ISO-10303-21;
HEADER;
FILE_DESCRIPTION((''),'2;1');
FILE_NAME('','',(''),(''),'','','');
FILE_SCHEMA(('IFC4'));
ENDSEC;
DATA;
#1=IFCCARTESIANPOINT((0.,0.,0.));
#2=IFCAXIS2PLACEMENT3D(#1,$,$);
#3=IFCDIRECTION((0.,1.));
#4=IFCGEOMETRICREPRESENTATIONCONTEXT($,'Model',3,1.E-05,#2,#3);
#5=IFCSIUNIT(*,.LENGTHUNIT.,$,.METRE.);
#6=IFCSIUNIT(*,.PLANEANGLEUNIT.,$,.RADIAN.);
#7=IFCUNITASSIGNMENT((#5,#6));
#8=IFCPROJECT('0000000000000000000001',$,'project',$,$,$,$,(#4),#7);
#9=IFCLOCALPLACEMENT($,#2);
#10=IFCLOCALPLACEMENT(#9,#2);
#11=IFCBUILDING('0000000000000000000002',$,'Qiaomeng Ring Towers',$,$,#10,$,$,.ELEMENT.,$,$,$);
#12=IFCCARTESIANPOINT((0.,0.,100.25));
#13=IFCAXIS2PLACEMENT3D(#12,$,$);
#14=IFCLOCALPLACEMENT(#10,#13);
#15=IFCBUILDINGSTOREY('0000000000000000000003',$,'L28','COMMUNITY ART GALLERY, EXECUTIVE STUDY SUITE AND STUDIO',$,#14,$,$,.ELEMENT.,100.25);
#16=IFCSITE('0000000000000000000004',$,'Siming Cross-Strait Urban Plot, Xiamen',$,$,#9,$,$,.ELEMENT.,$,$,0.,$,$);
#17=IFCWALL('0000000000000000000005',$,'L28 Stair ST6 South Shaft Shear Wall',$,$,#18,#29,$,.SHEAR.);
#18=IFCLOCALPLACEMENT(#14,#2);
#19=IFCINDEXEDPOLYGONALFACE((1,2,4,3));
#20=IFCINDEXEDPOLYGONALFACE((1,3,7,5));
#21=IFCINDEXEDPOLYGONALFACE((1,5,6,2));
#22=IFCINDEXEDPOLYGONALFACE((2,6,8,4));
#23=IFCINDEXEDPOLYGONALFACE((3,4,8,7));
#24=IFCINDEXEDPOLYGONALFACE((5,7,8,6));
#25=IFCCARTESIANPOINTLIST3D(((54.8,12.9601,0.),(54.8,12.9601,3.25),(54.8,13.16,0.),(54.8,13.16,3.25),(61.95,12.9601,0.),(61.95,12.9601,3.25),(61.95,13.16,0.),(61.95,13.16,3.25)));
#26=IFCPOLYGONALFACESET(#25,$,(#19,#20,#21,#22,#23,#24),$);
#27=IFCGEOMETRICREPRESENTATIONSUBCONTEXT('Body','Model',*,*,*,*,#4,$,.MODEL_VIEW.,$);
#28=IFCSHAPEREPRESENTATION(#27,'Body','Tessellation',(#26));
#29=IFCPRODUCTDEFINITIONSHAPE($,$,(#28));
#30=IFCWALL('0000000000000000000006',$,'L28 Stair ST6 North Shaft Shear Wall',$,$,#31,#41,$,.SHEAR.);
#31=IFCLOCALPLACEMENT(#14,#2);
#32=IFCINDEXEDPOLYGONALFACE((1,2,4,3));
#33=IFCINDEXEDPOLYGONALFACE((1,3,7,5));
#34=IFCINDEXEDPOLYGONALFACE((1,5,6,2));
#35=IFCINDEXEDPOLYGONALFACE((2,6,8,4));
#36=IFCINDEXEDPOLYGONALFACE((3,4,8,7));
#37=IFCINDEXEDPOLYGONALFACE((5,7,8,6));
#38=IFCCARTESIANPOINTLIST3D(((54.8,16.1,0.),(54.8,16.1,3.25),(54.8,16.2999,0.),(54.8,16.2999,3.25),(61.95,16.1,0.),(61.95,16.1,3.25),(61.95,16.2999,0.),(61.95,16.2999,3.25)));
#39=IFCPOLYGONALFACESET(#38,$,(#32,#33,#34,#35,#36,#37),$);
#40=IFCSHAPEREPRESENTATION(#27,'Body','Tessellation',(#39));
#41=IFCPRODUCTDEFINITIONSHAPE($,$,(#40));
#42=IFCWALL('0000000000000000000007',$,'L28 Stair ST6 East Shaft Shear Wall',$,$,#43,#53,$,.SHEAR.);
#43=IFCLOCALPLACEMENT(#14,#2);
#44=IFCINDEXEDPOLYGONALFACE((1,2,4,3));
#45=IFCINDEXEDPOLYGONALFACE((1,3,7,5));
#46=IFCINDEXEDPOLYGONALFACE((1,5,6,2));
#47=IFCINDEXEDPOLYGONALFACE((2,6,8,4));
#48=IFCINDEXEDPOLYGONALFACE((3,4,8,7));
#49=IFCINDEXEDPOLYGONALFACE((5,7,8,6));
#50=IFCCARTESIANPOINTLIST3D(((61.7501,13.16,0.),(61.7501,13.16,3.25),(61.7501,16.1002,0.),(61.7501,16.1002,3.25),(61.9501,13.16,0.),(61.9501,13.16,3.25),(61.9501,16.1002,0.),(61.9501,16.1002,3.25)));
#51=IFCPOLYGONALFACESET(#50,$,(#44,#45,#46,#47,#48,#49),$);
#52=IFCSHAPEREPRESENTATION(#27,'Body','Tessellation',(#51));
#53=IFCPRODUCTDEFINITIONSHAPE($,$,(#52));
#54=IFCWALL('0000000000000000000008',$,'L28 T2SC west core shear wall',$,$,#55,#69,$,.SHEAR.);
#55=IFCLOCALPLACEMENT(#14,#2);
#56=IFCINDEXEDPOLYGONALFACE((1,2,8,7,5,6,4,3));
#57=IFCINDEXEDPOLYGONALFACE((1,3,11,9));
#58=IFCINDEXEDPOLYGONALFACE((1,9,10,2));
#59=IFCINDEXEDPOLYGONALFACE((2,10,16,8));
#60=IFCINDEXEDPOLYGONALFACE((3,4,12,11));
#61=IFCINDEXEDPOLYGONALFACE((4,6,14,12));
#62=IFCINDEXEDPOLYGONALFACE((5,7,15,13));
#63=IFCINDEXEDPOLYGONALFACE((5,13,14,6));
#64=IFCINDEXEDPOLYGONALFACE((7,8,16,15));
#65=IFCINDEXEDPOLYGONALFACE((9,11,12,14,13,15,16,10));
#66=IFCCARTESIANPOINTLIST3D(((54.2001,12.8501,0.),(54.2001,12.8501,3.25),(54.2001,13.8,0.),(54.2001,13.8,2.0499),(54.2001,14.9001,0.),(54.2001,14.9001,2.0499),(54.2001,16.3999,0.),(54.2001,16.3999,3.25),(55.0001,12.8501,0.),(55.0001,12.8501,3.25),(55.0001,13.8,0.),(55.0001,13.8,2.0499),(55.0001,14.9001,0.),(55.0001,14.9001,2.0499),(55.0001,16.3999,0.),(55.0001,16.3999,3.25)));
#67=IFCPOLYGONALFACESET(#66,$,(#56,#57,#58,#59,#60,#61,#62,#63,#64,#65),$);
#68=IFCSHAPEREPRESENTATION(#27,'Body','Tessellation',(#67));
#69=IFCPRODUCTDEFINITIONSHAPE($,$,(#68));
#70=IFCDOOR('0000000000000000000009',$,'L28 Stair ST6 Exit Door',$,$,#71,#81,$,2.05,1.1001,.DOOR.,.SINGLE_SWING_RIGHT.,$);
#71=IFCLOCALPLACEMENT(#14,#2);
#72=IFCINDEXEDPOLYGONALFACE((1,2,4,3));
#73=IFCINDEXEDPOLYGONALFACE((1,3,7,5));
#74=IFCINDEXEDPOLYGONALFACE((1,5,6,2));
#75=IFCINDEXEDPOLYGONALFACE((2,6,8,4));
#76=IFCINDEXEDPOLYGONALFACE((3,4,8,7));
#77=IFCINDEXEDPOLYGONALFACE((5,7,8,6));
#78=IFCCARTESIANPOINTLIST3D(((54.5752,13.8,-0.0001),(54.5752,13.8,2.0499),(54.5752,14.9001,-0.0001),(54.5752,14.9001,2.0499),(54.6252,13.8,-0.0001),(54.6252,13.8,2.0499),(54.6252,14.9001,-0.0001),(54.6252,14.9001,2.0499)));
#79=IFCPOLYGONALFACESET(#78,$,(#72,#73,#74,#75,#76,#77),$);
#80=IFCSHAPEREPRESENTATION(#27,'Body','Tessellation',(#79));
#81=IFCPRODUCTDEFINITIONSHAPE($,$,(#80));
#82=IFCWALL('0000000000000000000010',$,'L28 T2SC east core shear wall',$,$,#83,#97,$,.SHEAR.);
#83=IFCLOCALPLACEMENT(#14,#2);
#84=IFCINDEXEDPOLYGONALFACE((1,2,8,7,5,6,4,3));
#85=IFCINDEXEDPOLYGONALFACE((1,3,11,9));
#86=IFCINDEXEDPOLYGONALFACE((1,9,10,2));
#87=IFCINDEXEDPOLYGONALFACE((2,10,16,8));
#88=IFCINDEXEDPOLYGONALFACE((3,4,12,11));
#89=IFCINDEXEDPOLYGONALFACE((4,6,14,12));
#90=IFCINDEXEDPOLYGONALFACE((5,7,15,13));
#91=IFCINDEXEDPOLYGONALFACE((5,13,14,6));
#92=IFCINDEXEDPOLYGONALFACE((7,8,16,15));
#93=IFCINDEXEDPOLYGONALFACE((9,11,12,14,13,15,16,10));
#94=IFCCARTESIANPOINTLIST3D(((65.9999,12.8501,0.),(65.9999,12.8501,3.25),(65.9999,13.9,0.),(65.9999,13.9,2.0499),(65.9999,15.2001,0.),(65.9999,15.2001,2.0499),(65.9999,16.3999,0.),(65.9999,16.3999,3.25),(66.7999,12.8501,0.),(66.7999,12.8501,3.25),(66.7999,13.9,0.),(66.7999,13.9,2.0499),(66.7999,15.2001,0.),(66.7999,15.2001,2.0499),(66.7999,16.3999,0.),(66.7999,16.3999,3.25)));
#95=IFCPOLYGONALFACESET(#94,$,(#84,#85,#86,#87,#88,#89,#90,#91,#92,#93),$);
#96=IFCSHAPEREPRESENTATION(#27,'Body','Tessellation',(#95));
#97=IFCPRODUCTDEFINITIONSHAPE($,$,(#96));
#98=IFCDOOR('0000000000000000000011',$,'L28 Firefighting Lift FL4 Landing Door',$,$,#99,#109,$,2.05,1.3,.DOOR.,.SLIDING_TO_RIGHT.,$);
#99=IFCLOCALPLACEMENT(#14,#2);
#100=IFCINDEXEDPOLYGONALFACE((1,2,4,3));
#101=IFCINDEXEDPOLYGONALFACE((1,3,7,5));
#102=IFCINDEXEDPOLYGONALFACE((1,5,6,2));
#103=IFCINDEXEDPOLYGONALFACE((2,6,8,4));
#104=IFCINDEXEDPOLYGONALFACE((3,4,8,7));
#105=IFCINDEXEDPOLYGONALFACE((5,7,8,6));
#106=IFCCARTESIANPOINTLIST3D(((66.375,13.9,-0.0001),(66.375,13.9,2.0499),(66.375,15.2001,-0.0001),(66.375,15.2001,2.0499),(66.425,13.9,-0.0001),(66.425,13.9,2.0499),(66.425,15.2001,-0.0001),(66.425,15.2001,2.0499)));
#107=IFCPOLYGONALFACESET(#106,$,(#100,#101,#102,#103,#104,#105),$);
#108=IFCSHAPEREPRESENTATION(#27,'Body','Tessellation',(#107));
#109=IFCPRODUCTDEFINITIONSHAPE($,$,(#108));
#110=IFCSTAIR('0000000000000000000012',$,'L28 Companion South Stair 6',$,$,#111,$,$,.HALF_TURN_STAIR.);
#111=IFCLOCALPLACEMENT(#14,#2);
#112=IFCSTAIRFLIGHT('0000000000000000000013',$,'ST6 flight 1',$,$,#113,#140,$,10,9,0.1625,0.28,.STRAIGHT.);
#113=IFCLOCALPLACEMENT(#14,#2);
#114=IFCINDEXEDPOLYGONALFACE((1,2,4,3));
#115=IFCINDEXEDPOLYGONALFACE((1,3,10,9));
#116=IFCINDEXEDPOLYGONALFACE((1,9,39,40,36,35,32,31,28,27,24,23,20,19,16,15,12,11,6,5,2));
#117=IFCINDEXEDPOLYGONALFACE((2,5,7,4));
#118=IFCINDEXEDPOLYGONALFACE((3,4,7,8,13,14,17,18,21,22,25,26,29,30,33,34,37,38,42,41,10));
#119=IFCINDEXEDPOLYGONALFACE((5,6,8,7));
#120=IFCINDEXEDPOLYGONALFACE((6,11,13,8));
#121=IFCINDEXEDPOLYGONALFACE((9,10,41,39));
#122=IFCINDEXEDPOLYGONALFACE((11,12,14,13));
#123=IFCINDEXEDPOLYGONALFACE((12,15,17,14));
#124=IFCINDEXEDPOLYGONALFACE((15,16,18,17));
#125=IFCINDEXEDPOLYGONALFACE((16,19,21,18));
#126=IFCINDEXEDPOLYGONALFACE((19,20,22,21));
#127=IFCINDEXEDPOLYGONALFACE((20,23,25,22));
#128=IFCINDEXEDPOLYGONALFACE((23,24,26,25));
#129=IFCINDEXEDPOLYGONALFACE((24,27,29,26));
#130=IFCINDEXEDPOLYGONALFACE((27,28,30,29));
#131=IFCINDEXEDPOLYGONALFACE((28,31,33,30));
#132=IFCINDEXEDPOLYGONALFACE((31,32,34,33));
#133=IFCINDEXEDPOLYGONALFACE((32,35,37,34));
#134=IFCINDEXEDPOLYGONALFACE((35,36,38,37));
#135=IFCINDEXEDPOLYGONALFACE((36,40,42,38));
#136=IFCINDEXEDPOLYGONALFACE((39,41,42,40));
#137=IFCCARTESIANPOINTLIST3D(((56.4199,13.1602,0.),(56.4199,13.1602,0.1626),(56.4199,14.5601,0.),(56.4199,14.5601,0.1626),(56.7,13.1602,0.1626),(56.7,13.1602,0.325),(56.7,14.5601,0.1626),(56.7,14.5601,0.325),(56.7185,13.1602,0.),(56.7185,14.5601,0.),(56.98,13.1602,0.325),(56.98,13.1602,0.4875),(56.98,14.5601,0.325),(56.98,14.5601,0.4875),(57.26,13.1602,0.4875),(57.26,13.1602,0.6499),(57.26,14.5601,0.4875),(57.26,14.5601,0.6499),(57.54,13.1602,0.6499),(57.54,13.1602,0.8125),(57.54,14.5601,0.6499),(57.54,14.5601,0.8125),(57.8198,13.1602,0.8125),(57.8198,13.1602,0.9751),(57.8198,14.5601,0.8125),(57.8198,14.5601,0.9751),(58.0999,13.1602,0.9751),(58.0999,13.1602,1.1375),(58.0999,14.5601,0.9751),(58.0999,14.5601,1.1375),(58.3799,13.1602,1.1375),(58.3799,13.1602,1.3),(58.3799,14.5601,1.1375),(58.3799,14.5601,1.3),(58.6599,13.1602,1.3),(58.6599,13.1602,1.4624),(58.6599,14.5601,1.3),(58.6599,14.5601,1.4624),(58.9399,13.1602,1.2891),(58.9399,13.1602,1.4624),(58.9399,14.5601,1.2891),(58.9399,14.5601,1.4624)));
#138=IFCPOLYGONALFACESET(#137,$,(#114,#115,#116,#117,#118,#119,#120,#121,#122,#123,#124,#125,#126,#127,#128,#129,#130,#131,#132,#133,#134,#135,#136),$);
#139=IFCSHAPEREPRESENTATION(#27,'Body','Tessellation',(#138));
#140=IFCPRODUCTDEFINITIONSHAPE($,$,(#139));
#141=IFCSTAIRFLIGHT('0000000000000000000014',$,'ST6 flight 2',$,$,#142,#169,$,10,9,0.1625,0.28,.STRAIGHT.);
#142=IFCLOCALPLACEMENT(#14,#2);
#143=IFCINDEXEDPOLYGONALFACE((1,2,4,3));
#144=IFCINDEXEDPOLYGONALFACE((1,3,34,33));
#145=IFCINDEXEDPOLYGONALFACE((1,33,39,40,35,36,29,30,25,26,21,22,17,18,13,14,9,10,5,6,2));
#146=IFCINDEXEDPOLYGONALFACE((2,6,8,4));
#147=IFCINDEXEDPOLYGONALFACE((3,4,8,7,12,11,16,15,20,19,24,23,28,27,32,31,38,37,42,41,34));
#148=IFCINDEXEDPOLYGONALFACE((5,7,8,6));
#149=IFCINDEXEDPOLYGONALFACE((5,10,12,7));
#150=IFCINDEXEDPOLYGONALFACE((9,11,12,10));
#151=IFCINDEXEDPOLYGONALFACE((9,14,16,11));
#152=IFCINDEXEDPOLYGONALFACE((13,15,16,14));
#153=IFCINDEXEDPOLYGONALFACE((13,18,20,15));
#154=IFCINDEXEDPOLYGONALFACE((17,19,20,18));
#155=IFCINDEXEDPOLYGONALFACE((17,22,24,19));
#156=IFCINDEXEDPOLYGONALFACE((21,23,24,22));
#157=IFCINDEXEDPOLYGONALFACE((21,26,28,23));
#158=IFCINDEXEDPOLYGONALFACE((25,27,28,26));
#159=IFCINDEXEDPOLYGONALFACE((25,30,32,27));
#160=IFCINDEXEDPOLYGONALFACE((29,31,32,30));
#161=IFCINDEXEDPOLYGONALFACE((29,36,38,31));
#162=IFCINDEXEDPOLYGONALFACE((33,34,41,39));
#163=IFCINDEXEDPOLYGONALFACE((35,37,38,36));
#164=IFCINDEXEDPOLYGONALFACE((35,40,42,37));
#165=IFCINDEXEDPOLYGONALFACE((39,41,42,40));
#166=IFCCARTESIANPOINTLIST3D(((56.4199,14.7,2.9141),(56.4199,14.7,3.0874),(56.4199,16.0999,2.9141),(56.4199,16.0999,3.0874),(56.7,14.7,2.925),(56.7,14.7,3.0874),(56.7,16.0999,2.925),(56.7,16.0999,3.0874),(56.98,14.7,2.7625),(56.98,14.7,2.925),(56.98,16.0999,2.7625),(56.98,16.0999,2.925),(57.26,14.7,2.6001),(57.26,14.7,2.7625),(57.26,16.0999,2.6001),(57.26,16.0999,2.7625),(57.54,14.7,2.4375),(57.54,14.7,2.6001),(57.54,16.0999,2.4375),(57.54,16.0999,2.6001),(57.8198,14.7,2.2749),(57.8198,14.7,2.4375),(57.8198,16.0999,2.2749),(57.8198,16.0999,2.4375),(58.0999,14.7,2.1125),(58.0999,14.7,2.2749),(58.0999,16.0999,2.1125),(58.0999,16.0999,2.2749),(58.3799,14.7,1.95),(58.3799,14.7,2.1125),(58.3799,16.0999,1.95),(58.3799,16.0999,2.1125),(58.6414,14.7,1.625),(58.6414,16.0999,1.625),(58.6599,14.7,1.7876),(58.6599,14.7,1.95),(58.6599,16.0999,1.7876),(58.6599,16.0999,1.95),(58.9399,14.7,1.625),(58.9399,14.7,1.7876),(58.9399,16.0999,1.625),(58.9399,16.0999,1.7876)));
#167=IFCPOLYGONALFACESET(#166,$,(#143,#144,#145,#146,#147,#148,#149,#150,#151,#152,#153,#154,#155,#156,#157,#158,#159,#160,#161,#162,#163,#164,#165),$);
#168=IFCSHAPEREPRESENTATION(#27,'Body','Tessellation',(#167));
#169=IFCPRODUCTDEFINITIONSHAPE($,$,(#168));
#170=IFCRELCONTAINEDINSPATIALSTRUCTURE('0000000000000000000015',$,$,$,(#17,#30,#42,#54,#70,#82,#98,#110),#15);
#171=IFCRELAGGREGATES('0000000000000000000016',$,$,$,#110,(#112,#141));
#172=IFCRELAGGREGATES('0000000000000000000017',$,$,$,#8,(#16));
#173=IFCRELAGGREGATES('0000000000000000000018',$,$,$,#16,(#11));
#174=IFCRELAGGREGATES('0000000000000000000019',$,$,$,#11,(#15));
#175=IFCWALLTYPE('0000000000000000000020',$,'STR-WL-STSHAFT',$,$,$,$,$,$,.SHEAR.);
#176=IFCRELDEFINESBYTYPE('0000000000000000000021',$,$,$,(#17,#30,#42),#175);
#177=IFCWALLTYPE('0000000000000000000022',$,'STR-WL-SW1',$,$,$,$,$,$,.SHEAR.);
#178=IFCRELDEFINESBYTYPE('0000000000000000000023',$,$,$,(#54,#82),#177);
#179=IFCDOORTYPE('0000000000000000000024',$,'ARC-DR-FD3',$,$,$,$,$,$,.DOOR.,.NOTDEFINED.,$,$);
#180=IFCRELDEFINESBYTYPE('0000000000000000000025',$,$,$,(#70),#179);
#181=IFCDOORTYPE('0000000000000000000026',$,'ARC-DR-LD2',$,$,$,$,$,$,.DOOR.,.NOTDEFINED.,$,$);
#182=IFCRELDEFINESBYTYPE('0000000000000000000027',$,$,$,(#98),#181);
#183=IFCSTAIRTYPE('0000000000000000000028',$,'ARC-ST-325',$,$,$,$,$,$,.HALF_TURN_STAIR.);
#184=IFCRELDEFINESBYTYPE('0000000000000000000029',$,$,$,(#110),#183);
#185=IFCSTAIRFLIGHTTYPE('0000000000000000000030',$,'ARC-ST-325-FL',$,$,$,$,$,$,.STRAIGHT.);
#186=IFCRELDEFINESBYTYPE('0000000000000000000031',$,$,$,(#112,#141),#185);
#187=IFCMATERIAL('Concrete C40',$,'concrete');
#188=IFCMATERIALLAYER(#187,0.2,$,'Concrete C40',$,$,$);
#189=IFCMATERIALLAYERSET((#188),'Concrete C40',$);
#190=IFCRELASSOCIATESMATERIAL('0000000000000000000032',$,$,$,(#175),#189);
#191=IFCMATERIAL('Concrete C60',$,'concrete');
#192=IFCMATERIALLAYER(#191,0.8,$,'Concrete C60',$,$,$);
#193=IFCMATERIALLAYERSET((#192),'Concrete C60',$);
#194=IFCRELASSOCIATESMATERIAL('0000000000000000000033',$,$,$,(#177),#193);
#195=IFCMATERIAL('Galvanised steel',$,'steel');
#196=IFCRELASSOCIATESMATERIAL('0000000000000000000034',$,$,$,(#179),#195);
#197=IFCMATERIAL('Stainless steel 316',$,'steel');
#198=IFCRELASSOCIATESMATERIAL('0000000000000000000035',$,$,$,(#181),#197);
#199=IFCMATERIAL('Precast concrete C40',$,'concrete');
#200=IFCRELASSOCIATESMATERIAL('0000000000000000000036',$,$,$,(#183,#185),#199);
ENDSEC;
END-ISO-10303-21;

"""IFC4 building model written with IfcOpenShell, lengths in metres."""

from ifc_helpers import new_model, si_unit, direction, frame, frame_2d, origin, place, context, subcontext, project, spatial, polyline, rectangle, outline, extrude, source, transform, mapped, material, layer, layer_set, type_object, element, fill, aggregate, save


model = new_model("IFC4")

# Units and contexts
model_context = context("Model", 3, precision=1e-05, world=origin(), true_north=direction((0.0, 1.0)))
body_context = subcontext(model_context, "Body", "Model", "MODEL_VIEW")
ifc_project = project(units=[si_unit("LENGTHUNIT", "METRE"), si_unit("PLANEANGLEUNIT", "RADIAN")], contexts=[model_context])

# Site, building, storey
site_placement = place(None, origin())
site = spatial("IfcSite", under=ifc_project, at=site_placement, Name="Siming Cross-Strait Urban Plot, Xiamen", CompositionType="ELEMENT", RefElevation=0.0)
building_placement = place(site_placement, origin())
building = spatial("IfcBuilding", under=site, at=building_placement, Name="Qiaomeng Ring Towers", CompositionType="ELEMENT")
storey_placement = place(building_placement, frame((0.0, 0.0, 100.25)))
storey = spatial("IfcBuildingStorey", under=building, at=storey_placement, Name="L28", Description="COMMUNITY ART GALLERY, EXECUTIVE STUDY SUITE AND STUDIO", CompositionType="ELEMENT", Elevation=100.25)

# Walls
ifc_material_1 = material(Name="Concrete C40", Category="concrete")
ifc_layer_1 = layer(ifc_material_1, 0.2, Name="Concrete C40")
ifc_layer_set_1 = layer_set([ifc_layer_1], Name="Concrete C40")
wall_type_1 = type_object("IfcWallType", Name="STR-WL-STSHAFT", PredefinedType="SHEAR", material=ifc_layer_set_1)
for number, where, z_axis, x_axis, name in (
    (1, (54.8, 13.0601, 0.0), (0.0, 0.0, 1.0), (1.0, 0.0, 0.0), "L28 Stair ST6 South Shaft Shear Wall"),
    (2, (54.8, 16.2, 0.0), (0.0, 0.0, 1.0), (1.0, 0.0, 0.0), "L28 Stair ST6 North Shaft Shear Wall"),
):
    element("IfcWall", number, at=place(storey_placement, frame(where, z_axis=z_axis, x_axis=x_axis)), inside=storey, type_object=wall_type_1, Name=name, PredefinedType="SHEAR", context=body_context, shape_type="SweptSolid", body=[
        extrude(rectangle(XDim=7.1499, YDim=0.2, at=frame_2d((3.575, 0.0))), origin(), (0.0, 0.0, 1.0), 3.25),
    ])
wall_1_placement = place(storey_placement, frame((61.8501, 13.1599, 0.0), z_axis=(0.0, 0.0, 1.0), x_axis=(0.0, 1.0, 0.0)))
element("IfcWall", 3, at=wall_1_placement, inside=storey, type_object=wall_type_1, Name="L28 Stair ST6 East Shaft Shear Wall", PredefinedType="SHEAR", context=body_context, shape_type="SweptSolid", body=[
    extrude(rectangle(XDim=2.9402, YDim=0.2, at=frame_2d((1.4702, 0.0))), origin(), (0.0, 0.0, 1.0), 3.25),
])

# Walls, openings, doors
ifc_material_2 = material(Name="Concrete C60", Category="concrete")
ifc_layer_2 = layer(ifc_material_2, 0.8, Name="Concrete C60")
ifc_layer_set_2 = layer_set([ifc_layer_2], Name="Concrete C60")
wall_type_2 = type_object("IfcWallType", Name="STR-WL-SW1", PredefinedType="SHEAR", material=ifc_layer_set_2)
wall_2_placement = place(storey_placement, frame((54.6001, 12.8501, 0.0), z_axis=(0.0, 0.0, 1.0), x_axis=(0.0, 1.0, 0.0)))
wall_2 = element("IfcWall", 4, at=wall_2_placement, inside=storey, type_object=wall_type_2, Name="L28 T2SC west core shear wall", PredefinedType="SHEAR", context=body_context, shape_type="SweptSolid", body=[
    extrude(rectangle(XDim=3.5498, YDim=0.8, at=frame_2d((1.7749, 0.0))), origin(), (0.0, 0.0, 1.0), 3.25),
])
opening_1_placement = place(wall_2_placement, frame((0.95, 0.0, 0.0)))
opening_1 = element("IfcOpeningElement", 5, at=opening_1_placement, cuts=wall_2, PredefinedType="OPENING", context=body_context, shape_type="SweptSolid", body=[
    extrude(rectangle(XDim=1.1001, YDim=2.05, at=frame_2d((0.55, 1.0249))), frame((0.0, 0.4099, 0.0), z_axis=(0.0, -1.0, 0.0), x_axis=(1.0, 0.0, 0.0)), (0.0, 0.0, 1.0), 0.8201),
])
ifc_material_3 = material(Name="Galvanised steel", Category="steel")
door_type_1 = type_object("IfcDoorType", Name="ARC-DR-FD3", OperationType="NOTDEFINED", PredefinedType="DOOR", material=ifc_material_3)
shared_shape_1 = source(origin(), body_context, "Body", "SweptSolid", [
    extrude(rectangle(XDim=1.1001, YDim=2.05, at=frame_2d((0.55, 1.0249))), frame((0.0, 0.0249, 0.0), z_axis=(0.0, -1.0, 0.0), x_axis=(1.0, 0.0, 0.0)), (0.0, 0.0, 1.0), 0.05),
])
door_1_placement = place(opening_1_placement, origin())
door_1 = element("IfcDoor", 6, at=door_1_placement, inside=storey, type_object=door_type_1, Name="L28 Stair ST6 Exit Door", OperationType="SINGLE_SWING_RIGHT", OverallHeight=2.05, OverallWidth=1.1001, PredefinedType="DOOR", context=body_context, shape_type="MappedRepresentation", body=[
    mapped(shared_shape_1, transform((0.0, 0.0, 0.0), x_axis=(1.0, 0.0, 0.0), y_axis=(0.0, 1.0, 0.0), z_axis=(0.0, 0.0, 1.0), scale=1.0)),
])
fill(opening_1, door_1)
wall_3_placement = place(storey_placement, frame((66.3999, 12.8501, 0.0), z_axis=(0.0, 0.0, 1.0), x_axis=(0.0, 1.0, 0.0)))
wall_3 = element("IfcWall", 7, at=wall_3_placement, inside=storey, type_object=wall_type_2, Name="L28 T2SC east core shear wall", PredefinedType="SHEAR", context=body_context, shape_type="SweptSolid", body=[
    extrude(rectangle(XDim=3.5498, YDim=0.8, at=frame_2d((1.7749, 0.0))), origin(), (0.0, 0.0, 1.0), 3.25),
])
opening_2_placement = place(wall_3_placement, frame((1.05, 0.0, 0.0)))
opening_2 = element("IfcOpeningElement", 8, at=opening_2_placement, cuts=wall_3, PredefinedType="OPENING", context=body_context, shape_type="SweptSolid", body=[
    extrude(rectangle(XDim=1.3, YDim=2.05, at=frame_2d((0.6499, 1.0249))), frame((0.0, 0.4099, 0.0), z_axis=(0.0, -1.0, 0.0), x_axis=(1.0, 0.0, 0.0)), (0.0, 0.0, 1.0), 0.8201),
])
ifc_material_4 = material(Name="Stainless steel 316", Category="steel")
door_type_2 = type_object("IfcDoorType", Name="ARC-DR-LD2", OperationType="NOTDEFINED", PredefinedType="DOOR", material=ifc_material_4)
shared_shape_2 = source(origin(), body_context, "Body", "SweptSolid", [
    extrude(rectangle(XDim=1.3, YDim=2.05, at=frame_2d((0.6499, 1.0249))), frame((0.0, 0.0249, 0.0), z_axis=(0.0, -1.0, 0.0), x_axis=(1.0, 0.0, 0.0)), (0.0, 0.0, 1.0), 0.05),
])
door_2_placement = place(opening_2_placement, origin())
door_2 = element("IfcDoor", 9, at=door_2_placement, inside=storey, type_object=door_type_2, Name="L28 Firefighting Lift FL4 Landing Door", OperationType="SLIDING_TO_RIGHT", OverallHeight=2.05, OverallWidth=1.3, PredefinedType="DOOR", context=body_context, shape_type="MappedRepresentation", body=[
    mapped(shared_shape_2, transform((0.0, 0.0, 0.0), x_axis=(1.0, 0.0, 0.0), y_axis=(0.0, 1.0, 0.0), z_axis=(0.0, 0.0, 1.0), scale=1.0)),
])
fill(opening_2, door_2)

# Stair, stair flights
ifc_material_5 = material(Name="Precast concrete C40", Category="concrete")
stair_type = type_object("IfcStairType", Name="ARC-ST-325", PredefinedType="HALF_TURN_STAIR", material=ifc_material_5)
stair_placement = place(storey_placement, origin())
stair = element("IfcStair", 10, at=stair_placement, inside=storey, type_object=stair_type, Name="L28 Companion South Stair 6", PredefinedType="HALF_TURN_STAIR")
stair_flight_type = type_object("IfcStairFlightType", Name="ARC-ST-325-FL", PredefinedType="STRAIGHT", material=ifc_material_5)
shared_shape_3 = source(origin(), body_context, "Body", "SweptSolid", [
    extrude(outline(polyline([(0.0, 0.0), (0.0, 0.1626), (0.28, 0.1626), (0.28, 0.325), (0.5601, 0.325), (0.5601, 0.4875), (0.8401, 0.4875), (0.8401, 0.6499), (1.1201, 0.6499), (1.1201, 0.8125), (1.3999, 0.8125), (1.3999, 0.9751), (1.6799, 0.9751), (1.6799, 1.1375), (1.96, 1.1375), (1.96, 1.3), (2.24, 1.3), (2.24, 1.4624), (2.52, 1.4624), (2.52, 1.625), (2.52, 1.2891), (0.2986, 0.0), (0.0, 0.0)])), frame((0.0, 0.7, 0.0), z_axis=(0.0, -1.0, 0.0), x_axis=(1.0, 0.0, 0.0)), (0.0, 0.0, 1.0), 1.3999),
])
stair_flight_1_placement = place(storey_placement, frame((56.4199, 13.8601, 0.0), z_axis=(0.0, 0.0, 1.0), x_axis=(1.0, 0.0, 0.0)))
stair_flight_1 = element("IfcStairFlight", 11, at=stair_flight_1_placement, type_object=stair_flight_type, Name="ST6 flight 1", NumberOfRisers=10, NumberOfTreads=9, PredefinedType="STRAIGHT", RiserHeight=0.1625, TreadLength=0.28, context=body_context, shape_type="MappedRepresentation", body=[
    mapped(shared_shape_3, transform((0.0, 0.0, 0.0), x_axis=(1.0, 0.0, 0.0), y_axis=(0.0, 1.0, 0.0), z_axis=(0.0, 0.0, 1.0), scale=1.0)),
])
stair_flight_2_placement = place(storey_placement, frame((58.9399, 15.3999, 1.625), z_axis=(0.0, 0.0, 1.0), x_axis=(-1.0, 0.0, 0.0)))
stair_flight_2 = element("IfcStairFlight", 12, at=stair_flight_2_placement, type_object=stair_flight_type, Name="ST6 flight 2", NumberOfRisers=10, NumberOfTreads=9, PredefinedType="STRAIGHT", RiserHeight=0.1625, TreadLength=0.28, context=body_context, shape_type="MappedRepresentation", body=[
    mapped(shared_shape_3, transform((0.0, 0.0, 0.0), x_axis=(1.0, 0.0, 0.0), y_axis=(0.0, 1.0, 0.0), z_axis=(0.0, 0.0, 1.0), scale=1.0)),
])
aggregate(stair, [stair_flight_1, stair_flight_2])

save(model, "model.ifc")
